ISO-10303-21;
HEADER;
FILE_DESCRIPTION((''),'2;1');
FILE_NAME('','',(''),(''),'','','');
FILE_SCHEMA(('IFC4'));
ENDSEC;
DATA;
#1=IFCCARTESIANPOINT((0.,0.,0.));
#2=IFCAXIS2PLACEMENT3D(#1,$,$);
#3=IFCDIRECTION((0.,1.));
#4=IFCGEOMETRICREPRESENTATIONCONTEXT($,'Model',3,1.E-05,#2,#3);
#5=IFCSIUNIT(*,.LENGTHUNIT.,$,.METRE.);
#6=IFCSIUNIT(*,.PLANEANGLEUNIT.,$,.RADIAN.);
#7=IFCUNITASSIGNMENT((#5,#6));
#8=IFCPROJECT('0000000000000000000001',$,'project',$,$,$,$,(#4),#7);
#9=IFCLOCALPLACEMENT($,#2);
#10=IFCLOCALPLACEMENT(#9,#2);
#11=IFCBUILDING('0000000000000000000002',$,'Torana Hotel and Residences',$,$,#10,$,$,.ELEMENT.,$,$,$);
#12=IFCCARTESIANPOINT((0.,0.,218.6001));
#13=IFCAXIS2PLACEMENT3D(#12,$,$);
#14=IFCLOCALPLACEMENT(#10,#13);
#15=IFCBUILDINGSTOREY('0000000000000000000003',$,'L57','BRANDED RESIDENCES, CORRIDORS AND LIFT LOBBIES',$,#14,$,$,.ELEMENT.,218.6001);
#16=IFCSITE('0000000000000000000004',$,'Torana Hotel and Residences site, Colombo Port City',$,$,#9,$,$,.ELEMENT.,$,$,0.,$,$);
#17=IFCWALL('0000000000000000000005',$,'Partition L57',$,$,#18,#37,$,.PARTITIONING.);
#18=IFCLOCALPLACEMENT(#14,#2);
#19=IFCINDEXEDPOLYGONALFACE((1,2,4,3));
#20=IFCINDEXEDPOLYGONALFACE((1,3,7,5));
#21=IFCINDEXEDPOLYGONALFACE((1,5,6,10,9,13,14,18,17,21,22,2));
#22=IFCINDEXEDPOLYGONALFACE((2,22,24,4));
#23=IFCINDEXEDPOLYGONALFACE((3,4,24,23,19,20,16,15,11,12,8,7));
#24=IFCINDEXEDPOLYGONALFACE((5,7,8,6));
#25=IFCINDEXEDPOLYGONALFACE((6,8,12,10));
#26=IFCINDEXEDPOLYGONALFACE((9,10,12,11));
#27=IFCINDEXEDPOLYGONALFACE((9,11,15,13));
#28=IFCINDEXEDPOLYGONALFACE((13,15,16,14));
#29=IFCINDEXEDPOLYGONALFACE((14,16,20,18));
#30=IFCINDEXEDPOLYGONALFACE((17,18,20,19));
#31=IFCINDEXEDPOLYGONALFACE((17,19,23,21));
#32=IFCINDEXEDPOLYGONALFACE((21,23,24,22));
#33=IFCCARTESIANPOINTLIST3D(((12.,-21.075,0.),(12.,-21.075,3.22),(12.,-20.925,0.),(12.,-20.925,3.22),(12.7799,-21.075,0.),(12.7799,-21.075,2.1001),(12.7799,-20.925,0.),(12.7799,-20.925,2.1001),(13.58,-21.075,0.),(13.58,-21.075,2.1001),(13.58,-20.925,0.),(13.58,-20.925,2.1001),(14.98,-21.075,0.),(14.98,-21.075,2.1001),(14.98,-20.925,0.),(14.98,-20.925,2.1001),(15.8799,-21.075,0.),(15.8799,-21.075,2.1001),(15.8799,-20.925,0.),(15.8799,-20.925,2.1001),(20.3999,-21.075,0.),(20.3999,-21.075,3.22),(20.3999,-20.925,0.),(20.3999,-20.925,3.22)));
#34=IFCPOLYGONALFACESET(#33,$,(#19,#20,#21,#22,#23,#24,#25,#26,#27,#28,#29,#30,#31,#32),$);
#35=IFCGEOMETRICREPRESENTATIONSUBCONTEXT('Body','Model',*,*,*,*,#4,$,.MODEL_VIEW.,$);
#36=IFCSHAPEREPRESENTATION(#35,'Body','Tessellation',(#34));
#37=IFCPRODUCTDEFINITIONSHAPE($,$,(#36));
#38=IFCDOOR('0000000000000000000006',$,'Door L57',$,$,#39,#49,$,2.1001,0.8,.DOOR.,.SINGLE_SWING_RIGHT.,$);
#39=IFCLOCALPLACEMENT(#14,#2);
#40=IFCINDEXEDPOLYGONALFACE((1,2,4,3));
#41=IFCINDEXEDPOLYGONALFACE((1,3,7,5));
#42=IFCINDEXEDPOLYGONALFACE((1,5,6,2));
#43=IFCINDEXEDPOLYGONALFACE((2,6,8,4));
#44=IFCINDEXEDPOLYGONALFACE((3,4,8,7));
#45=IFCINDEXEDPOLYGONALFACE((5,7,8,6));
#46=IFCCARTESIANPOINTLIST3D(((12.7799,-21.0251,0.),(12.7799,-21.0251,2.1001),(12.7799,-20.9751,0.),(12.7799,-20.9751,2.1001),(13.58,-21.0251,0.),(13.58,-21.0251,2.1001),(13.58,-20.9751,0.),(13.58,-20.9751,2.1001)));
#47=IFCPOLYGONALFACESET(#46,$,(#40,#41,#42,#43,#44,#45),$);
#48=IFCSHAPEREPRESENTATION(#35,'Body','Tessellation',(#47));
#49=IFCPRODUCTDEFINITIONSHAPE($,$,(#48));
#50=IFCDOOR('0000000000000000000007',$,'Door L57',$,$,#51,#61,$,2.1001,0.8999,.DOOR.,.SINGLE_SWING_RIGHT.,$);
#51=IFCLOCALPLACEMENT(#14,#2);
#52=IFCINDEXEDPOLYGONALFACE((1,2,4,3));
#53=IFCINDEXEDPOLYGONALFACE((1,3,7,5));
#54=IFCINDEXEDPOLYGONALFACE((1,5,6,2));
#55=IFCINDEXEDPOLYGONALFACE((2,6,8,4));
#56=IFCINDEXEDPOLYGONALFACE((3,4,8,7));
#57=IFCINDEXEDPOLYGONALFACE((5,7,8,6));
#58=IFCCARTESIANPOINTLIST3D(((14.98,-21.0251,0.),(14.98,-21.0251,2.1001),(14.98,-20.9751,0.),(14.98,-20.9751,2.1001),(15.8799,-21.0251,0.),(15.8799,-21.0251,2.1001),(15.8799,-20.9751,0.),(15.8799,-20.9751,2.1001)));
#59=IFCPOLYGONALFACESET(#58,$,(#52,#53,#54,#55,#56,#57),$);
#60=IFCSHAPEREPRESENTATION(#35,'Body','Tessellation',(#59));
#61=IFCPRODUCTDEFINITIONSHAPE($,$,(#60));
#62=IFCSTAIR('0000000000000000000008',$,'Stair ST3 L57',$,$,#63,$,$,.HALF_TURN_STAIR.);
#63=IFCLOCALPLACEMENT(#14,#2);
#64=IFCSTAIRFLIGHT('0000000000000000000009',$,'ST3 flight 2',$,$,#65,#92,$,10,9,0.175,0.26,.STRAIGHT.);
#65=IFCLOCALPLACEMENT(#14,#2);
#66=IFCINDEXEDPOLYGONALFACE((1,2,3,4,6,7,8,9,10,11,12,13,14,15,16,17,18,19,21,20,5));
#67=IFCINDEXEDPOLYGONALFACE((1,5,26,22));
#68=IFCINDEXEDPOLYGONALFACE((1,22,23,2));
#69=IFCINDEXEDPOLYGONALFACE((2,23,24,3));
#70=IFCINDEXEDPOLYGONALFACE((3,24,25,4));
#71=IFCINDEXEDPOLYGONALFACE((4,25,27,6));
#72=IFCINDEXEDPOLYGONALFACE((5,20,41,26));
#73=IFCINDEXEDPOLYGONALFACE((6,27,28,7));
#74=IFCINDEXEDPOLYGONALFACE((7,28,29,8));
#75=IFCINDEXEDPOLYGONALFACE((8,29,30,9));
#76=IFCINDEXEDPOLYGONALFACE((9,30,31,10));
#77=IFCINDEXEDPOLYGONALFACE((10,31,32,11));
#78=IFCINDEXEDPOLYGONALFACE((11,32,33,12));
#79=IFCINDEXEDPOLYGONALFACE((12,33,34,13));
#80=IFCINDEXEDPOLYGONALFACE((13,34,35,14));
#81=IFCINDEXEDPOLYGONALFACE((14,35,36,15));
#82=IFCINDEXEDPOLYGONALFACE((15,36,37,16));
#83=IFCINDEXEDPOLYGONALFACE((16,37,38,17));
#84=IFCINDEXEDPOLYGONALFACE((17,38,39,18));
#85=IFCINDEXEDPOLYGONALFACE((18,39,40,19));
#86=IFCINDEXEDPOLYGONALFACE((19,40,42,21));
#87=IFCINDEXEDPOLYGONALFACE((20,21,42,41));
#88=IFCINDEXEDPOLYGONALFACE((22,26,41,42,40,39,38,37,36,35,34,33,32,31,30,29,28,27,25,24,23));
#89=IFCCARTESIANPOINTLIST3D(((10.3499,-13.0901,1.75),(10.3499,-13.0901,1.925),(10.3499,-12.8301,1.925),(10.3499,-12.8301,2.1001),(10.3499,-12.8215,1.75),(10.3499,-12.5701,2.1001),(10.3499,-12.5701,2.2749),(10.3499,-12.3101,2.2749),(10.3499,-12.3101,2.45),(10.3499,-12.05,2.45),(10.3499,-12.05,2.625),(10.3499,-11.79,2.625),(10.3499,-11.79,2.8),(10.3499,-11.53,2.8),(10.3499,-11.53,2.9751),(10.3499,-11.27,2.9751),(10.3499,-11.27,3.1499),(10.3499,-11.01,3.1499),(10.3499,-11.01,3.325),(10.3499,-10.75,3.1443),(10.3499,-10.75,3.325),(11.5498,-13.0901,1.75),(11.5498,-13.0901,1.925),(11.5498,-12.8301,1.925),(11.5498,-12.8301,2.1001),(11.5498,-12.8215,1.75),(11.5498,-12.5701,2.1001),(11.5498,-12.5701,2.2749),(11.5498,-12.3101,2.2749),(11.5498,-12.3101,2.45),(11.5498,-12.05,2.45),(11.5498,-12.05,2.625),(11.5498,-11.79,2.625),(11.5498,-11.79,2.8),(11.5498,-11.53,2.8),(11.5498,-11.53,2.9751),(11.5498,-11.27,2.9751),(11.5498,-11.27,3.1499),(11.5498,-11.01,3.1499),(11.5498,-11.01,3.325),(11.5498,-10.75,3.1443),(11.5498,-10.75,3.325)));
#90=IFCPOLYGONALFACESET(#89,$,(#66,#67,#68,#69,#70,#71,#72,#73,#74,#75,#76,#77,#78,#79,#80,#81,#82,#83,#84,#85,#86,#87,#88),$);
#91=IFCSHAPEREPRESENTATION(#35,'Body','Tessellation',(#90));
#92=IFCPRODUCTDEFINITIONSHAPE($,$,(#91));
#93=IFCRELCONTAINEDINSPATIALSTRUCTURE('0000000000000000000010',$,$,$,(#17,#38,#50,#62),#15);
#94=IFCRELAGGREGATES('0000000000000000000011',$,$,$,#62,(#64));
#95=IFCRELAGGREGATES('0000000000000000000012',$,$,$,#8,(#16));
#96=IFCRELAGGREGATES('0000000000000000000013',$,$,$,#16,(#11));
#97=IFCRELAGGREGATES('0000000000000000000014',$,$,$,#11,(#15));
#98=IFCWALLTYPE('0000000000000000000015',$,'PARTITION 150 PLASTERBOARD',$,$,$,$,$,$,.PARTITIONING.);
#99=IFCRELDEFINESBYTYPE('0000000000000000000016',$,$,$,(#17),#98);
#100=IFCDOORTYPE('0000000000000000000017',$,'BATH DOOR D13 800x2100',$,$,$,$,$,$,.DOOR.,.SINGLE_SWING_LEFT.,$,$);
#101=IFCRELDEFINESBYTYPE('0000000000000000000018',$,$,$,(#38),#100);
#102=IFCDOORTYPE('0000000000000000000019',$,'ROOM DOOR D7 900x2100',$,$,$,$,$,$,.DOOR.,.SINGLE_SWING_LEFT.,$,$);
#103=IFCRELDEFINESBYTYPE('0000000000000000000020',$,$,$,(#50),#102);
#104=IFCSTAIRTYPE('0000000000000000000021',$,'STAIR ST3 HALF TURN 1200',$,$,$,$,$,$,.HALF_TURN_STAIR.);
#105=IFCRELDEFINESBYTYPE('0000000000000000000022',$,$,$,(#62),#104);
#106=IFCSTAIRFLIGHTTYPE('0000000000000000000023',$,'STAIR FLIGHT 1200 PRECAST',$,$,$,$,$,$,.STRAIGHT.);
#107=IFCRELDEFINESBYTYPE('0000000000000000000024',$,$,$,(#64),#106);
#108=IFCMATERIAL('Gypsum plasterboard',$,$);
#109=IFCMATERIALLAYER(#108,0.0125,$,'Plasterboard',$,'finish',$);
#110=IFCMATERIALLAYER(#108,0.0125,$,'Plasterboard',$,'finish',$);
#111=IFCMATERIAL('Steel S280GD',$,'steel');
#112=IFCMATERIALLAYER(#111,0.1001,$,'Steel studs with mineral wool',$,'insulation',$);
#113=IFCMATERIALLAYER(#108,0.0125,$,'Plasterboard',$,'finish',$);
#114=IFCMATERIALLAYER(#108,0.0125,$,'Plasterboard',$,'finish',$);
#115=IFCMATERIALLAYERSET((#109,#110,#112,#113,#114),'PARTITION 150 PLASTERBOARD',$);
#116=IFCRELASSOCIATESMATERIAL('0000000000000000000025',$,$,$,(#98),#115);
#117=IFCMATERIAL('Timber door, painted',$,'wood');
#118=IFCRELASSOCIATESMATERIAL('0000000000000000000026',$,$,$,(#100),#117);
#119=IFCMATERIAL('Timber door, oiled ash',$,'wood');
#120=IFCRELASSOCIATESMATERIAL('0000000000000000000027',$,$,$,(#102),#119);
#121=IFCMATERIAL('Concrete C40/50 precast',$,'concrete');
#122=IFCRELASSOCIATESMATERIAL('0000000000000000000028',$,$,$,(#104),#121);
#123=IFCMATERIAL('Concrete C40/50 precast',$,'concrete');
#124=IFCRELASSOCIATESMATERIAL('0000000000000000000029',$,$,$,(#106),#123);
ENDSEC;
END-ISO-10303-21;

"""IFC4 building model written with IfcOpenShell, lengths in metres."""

from ifc_helpers import new_model, si_unit, direction, frame, frame_2d, origin, place, context, subcontext, project, spatial, polyline, rectangle, outline, extrude, material, layer, layer_set, type_object, element, fill, aggregate, save


model = new_model("IFC4")

# Units and contexts
model_context = context("Model", 3, precision=1e-05, world=origin(), true_north=direction((0.0, 1.0)))
body_context = subcontext(model_context, "Body", "Model", "MODEL_VIEW")
ifc_project = project(units=[si_unit("LENGTHUNIT", "METRE"), si_unit("PLANEANGLEUNIT", "RADIAN")], contexts=[model_context])

# Site, building, storey
site_placement = place(None, origin())
site = spatial("IfcSite", under=ifc_project, at=site_placement, Name="Torana Hotel and Residences site, Colombo Port City", CompositionType="ELEMENT", RefElevation=0.0)
building_placement = place(site_placement, origin())
building = spatial("IfcBuilding", under=site, at=building_placement, Name="Torana Hotel and Residences", CompositionType="ELEMENT")
storey_placement = place(building_placement, frame((0.0, 0.0, 218.6001)))
storey = spatial("IfcBuildingStorey", under=building, at=storey_placement, Name="L57", Description="BRANDED RESIDENCES, CORRIDORS AND LIFT LOBBIES", CompositionType="ELEMENT", Elevation=218.6001)

# Shared definitions
ifc_material_1 = material(Name="Gypsum plasterboard")
ifc_layer_1 = layer(ifc_material_1, 0.0125, Name="Plasterboard", Category="finish")
ifc_layer_2 = layer(ifc_material_1, 0.0125, Name="Plasterboard", Category="finish")
ifc_material_2 = material(Name="Steel S280GD", Category="steel")
ifc_layer_3 = layer(ifc_material_2, 0.1001, Name="Steel studs with mineral wool", Category="insulation")
ifc_layer_4 = layer(ifc_material_1, 0.0125, Name="Plasterboard", Category="finish")
ifc_layer_5 = layer(ifc_material_1, 0.0125, Name="Plasterboard", Category="finish")
ifc_layer_set_1 = layer_set([ifc_layer_1, ifc_layer_2, ifc_layer_3, ifc_layer_4, ifc_layer_5], Name="PARTITION 150 PLASTERBOARD")
wall_type_1 = type_object("IfcWallType", Name="PARTITION 150 PLASTERBOARD", PredefinedType="PARTITIONING", material=ifc_layer_set_1)

# Wall, openings, doors
wall_1_placement = place(storey_placement, frame((12.0, -21.0, 0.0), z_axis=(0.0, 0.0, 1.0), x_axis=(1.0, 0.0, 0.0)))
wall_1 = element("IfcWall", 1, at=wall_1_placement, inside=storey, type_object=wall_type_1, Name="Partition L57", PredefinedType="PARTITIONING", context=body_context, shape_type="SweptSolid", body=[
    extrude(rectangle(XDim=8.3999, YDim=0.1499, at=frame_2d((4.2, 0.0))), origin(), (0.0, 0.0, 1.0), 3.22),
])
opening_1_placement = place(wall_1_placement, frame((0.78, 0.0, 0.0)))
opening_1 = element("IfcOpeningElement", 2, at=opening_1_placement, cuts=wall_1, PredefinedType="OPENING", context=body_context, shape_type="SweptSolid", body=[
    extrude(rectangle(XDim=0.8, YDim=2.1001, at=frame_2d((0.3999, 1.05))), frame((0.0, 0.085, 0.0), z_axis=(0.0, -1.0, 0.0), x_axis=(1.0, 0.0, 0.0)), (0.0, 0.0, 1.0), 0.1699),
])
opening_2_placement = place(wall_1_placement, frame((2.98, 0.0, 0.0)))
opening_2 = element("IfcOpeningElement", 3, at=opening_2_placement, cuts=wall_1, PredefinedType="OPENING", context=body_context, shape_type="SweptSolid", body=[
    extrude(rectangle(XDim=0.8999, YDim=2.1001, at=frame_2d((0.45, 1.05))), frame((0.0, 0.085, 0.0), z_axis=(0.0, -1.0, 0.0), x_axis=(1.0, 0.0, 0.0)), (0.0, 0.0, 1.0), 0.1699),
])
ifc_material_3 = material(Name="Timber door, painted", Category="wood")
door_type_1 = type_object("IfcDoorType", Name="BATH DOOR D13 800x2100", OperationType="SINGLE_SWING_LEFT", PredefinedType="DOOR", material=ifc_material_3)
door_1_placement = place(opening_1_placement, origin())
door_1 = element("IfcDoor", 4, at=door_1_placement, inside=storey, type_object=door_type_1, Name="Door L57", OperationType="SINGLE_SWING_RIGHT", OverallHeight=2.1001, OverallWidth=0.8, PredefinedType="DOOR", context=body_context, shape_type="SweptSolid", body=[
    extrude(rectangle(XDim=0.8, YDim=2.1001, at=frame_2d((0.3999, 1.05))), frame((0.0, 0.0249, 0.0), z_axis=(0.0, -1.0, 0.0), x_axis=(1.0, 0.0, 0.0)), (0.0, 0.0, 1.0), 0.05),
])
fill(opening_1, door_1)
ifc_material_4 = material(Name="Timber door, oiled ash", Category="wood")
door_type_2 = type_object("IfcDoorType", Name="ROOM DOOR D7 900x2100", OperationType="SINGLE_SWING_LEFT", PredefinedType="DOOR", material=ifc_material_4)
door_2_placement = place(opening_2_placement, origin())
door_2 = element("IfcDoor", 5, at=door_2_placement, inside=storey, type_object=door_type_2, Name="Door L57", OperationType="SINGLE_SWING_RIGHT", OverallHeight=2.1001, OverallWidth=0.8999, PredefinedType="DOOR", context=body_context, shape_type="SweptSolid", body=[
    extrude(rectangle(XDim=0.8999, YDim=2.1001, at=frame_2d((0.45, 1.05))), frame((0.0, 0.0249, 0.0), z_axis=(0.0, -1.0, 0.0), x_axis=(1.0, 0.0, 0.0)), (0.0, 0.0, 1.0), 0.05),
])
fill(opening_2, door_2)

# Stair, stair flight
ifc_material_5 = material(Name="Concrete C40/50 precast", Category="concrete")
stair_type = type_object("IfcStairType", Name="STAIR ST3 HALF TURN 1200", PredefinedType="HALF_TURN_STAIR", material=ifc_material_5)
stair_placement = place(storey_placement, origin())
stair = element("IfcStair", 6, at=stair_placement, inside=storey, type_object=stair_type, Name="Stair ST3 L57", PredefinedType="HALF_TURN_STAIR")
ifc_material_6 = material(Name="Concrete C40/50 precast", Category="concrete")
stair_flight_type = type_object("IfcStairFlightType", Name="STAIR FLIGHT 1200 PRECAST", PredefinedType="STRAIGHT", material=ifc_material_6)
stair_flight_placement = place(storey_placement, frame((10.95, -13.0901, 1.75), z_axis=(0.0, 0.0, 1.0), x_axis=(0.0, 1.0, 0.0)))
stair_flight = element("IfcStairFlight", 7, at=stair_flight_placement, type_object=stair_flight_type, Name="ST3 flight 2", NumberOfRisers=10, NumberOfTreads=9, PredefinedType="STRAIGHT", RiserHeight=0.175, TreadLength=0.26, context=body_context, shape_type="SweptSolid", body=[
    extrude(outline(polyline([(0.0, 0.0), (0.0, 0.175), (0.26, 0.175), (0.26, 0.3501), (0.52, 0.3501), (0.52, 0.5249), (0.78, 0.5249), (0.78, 0.7), (1.04, 0.7), (1.04, 0.875), (1.3, 0.875), (1.3, 1.05), (1.5601, 1.05), (1.5601, 1.2251), (1.8201, 1.2251), (1.8201, 1.3999), (2.0801, 1.3999), (2.0801, 1.575), (2.3401, 1.575), (2.3401, 1.75), (2.3401, 1.3943), (0.2686, 0.0), (0.0, 0.0)])), frame((0.0, 0.6001, 0.0), z_axis=(0.0, -1.0, 0.0), x_axis=(1.0, 0.0, 0.0)), (0.0, 0.0, 1.0), 1.2),
])
aggregate(stair, [stair_flight])

save(model, "model.ifc")
